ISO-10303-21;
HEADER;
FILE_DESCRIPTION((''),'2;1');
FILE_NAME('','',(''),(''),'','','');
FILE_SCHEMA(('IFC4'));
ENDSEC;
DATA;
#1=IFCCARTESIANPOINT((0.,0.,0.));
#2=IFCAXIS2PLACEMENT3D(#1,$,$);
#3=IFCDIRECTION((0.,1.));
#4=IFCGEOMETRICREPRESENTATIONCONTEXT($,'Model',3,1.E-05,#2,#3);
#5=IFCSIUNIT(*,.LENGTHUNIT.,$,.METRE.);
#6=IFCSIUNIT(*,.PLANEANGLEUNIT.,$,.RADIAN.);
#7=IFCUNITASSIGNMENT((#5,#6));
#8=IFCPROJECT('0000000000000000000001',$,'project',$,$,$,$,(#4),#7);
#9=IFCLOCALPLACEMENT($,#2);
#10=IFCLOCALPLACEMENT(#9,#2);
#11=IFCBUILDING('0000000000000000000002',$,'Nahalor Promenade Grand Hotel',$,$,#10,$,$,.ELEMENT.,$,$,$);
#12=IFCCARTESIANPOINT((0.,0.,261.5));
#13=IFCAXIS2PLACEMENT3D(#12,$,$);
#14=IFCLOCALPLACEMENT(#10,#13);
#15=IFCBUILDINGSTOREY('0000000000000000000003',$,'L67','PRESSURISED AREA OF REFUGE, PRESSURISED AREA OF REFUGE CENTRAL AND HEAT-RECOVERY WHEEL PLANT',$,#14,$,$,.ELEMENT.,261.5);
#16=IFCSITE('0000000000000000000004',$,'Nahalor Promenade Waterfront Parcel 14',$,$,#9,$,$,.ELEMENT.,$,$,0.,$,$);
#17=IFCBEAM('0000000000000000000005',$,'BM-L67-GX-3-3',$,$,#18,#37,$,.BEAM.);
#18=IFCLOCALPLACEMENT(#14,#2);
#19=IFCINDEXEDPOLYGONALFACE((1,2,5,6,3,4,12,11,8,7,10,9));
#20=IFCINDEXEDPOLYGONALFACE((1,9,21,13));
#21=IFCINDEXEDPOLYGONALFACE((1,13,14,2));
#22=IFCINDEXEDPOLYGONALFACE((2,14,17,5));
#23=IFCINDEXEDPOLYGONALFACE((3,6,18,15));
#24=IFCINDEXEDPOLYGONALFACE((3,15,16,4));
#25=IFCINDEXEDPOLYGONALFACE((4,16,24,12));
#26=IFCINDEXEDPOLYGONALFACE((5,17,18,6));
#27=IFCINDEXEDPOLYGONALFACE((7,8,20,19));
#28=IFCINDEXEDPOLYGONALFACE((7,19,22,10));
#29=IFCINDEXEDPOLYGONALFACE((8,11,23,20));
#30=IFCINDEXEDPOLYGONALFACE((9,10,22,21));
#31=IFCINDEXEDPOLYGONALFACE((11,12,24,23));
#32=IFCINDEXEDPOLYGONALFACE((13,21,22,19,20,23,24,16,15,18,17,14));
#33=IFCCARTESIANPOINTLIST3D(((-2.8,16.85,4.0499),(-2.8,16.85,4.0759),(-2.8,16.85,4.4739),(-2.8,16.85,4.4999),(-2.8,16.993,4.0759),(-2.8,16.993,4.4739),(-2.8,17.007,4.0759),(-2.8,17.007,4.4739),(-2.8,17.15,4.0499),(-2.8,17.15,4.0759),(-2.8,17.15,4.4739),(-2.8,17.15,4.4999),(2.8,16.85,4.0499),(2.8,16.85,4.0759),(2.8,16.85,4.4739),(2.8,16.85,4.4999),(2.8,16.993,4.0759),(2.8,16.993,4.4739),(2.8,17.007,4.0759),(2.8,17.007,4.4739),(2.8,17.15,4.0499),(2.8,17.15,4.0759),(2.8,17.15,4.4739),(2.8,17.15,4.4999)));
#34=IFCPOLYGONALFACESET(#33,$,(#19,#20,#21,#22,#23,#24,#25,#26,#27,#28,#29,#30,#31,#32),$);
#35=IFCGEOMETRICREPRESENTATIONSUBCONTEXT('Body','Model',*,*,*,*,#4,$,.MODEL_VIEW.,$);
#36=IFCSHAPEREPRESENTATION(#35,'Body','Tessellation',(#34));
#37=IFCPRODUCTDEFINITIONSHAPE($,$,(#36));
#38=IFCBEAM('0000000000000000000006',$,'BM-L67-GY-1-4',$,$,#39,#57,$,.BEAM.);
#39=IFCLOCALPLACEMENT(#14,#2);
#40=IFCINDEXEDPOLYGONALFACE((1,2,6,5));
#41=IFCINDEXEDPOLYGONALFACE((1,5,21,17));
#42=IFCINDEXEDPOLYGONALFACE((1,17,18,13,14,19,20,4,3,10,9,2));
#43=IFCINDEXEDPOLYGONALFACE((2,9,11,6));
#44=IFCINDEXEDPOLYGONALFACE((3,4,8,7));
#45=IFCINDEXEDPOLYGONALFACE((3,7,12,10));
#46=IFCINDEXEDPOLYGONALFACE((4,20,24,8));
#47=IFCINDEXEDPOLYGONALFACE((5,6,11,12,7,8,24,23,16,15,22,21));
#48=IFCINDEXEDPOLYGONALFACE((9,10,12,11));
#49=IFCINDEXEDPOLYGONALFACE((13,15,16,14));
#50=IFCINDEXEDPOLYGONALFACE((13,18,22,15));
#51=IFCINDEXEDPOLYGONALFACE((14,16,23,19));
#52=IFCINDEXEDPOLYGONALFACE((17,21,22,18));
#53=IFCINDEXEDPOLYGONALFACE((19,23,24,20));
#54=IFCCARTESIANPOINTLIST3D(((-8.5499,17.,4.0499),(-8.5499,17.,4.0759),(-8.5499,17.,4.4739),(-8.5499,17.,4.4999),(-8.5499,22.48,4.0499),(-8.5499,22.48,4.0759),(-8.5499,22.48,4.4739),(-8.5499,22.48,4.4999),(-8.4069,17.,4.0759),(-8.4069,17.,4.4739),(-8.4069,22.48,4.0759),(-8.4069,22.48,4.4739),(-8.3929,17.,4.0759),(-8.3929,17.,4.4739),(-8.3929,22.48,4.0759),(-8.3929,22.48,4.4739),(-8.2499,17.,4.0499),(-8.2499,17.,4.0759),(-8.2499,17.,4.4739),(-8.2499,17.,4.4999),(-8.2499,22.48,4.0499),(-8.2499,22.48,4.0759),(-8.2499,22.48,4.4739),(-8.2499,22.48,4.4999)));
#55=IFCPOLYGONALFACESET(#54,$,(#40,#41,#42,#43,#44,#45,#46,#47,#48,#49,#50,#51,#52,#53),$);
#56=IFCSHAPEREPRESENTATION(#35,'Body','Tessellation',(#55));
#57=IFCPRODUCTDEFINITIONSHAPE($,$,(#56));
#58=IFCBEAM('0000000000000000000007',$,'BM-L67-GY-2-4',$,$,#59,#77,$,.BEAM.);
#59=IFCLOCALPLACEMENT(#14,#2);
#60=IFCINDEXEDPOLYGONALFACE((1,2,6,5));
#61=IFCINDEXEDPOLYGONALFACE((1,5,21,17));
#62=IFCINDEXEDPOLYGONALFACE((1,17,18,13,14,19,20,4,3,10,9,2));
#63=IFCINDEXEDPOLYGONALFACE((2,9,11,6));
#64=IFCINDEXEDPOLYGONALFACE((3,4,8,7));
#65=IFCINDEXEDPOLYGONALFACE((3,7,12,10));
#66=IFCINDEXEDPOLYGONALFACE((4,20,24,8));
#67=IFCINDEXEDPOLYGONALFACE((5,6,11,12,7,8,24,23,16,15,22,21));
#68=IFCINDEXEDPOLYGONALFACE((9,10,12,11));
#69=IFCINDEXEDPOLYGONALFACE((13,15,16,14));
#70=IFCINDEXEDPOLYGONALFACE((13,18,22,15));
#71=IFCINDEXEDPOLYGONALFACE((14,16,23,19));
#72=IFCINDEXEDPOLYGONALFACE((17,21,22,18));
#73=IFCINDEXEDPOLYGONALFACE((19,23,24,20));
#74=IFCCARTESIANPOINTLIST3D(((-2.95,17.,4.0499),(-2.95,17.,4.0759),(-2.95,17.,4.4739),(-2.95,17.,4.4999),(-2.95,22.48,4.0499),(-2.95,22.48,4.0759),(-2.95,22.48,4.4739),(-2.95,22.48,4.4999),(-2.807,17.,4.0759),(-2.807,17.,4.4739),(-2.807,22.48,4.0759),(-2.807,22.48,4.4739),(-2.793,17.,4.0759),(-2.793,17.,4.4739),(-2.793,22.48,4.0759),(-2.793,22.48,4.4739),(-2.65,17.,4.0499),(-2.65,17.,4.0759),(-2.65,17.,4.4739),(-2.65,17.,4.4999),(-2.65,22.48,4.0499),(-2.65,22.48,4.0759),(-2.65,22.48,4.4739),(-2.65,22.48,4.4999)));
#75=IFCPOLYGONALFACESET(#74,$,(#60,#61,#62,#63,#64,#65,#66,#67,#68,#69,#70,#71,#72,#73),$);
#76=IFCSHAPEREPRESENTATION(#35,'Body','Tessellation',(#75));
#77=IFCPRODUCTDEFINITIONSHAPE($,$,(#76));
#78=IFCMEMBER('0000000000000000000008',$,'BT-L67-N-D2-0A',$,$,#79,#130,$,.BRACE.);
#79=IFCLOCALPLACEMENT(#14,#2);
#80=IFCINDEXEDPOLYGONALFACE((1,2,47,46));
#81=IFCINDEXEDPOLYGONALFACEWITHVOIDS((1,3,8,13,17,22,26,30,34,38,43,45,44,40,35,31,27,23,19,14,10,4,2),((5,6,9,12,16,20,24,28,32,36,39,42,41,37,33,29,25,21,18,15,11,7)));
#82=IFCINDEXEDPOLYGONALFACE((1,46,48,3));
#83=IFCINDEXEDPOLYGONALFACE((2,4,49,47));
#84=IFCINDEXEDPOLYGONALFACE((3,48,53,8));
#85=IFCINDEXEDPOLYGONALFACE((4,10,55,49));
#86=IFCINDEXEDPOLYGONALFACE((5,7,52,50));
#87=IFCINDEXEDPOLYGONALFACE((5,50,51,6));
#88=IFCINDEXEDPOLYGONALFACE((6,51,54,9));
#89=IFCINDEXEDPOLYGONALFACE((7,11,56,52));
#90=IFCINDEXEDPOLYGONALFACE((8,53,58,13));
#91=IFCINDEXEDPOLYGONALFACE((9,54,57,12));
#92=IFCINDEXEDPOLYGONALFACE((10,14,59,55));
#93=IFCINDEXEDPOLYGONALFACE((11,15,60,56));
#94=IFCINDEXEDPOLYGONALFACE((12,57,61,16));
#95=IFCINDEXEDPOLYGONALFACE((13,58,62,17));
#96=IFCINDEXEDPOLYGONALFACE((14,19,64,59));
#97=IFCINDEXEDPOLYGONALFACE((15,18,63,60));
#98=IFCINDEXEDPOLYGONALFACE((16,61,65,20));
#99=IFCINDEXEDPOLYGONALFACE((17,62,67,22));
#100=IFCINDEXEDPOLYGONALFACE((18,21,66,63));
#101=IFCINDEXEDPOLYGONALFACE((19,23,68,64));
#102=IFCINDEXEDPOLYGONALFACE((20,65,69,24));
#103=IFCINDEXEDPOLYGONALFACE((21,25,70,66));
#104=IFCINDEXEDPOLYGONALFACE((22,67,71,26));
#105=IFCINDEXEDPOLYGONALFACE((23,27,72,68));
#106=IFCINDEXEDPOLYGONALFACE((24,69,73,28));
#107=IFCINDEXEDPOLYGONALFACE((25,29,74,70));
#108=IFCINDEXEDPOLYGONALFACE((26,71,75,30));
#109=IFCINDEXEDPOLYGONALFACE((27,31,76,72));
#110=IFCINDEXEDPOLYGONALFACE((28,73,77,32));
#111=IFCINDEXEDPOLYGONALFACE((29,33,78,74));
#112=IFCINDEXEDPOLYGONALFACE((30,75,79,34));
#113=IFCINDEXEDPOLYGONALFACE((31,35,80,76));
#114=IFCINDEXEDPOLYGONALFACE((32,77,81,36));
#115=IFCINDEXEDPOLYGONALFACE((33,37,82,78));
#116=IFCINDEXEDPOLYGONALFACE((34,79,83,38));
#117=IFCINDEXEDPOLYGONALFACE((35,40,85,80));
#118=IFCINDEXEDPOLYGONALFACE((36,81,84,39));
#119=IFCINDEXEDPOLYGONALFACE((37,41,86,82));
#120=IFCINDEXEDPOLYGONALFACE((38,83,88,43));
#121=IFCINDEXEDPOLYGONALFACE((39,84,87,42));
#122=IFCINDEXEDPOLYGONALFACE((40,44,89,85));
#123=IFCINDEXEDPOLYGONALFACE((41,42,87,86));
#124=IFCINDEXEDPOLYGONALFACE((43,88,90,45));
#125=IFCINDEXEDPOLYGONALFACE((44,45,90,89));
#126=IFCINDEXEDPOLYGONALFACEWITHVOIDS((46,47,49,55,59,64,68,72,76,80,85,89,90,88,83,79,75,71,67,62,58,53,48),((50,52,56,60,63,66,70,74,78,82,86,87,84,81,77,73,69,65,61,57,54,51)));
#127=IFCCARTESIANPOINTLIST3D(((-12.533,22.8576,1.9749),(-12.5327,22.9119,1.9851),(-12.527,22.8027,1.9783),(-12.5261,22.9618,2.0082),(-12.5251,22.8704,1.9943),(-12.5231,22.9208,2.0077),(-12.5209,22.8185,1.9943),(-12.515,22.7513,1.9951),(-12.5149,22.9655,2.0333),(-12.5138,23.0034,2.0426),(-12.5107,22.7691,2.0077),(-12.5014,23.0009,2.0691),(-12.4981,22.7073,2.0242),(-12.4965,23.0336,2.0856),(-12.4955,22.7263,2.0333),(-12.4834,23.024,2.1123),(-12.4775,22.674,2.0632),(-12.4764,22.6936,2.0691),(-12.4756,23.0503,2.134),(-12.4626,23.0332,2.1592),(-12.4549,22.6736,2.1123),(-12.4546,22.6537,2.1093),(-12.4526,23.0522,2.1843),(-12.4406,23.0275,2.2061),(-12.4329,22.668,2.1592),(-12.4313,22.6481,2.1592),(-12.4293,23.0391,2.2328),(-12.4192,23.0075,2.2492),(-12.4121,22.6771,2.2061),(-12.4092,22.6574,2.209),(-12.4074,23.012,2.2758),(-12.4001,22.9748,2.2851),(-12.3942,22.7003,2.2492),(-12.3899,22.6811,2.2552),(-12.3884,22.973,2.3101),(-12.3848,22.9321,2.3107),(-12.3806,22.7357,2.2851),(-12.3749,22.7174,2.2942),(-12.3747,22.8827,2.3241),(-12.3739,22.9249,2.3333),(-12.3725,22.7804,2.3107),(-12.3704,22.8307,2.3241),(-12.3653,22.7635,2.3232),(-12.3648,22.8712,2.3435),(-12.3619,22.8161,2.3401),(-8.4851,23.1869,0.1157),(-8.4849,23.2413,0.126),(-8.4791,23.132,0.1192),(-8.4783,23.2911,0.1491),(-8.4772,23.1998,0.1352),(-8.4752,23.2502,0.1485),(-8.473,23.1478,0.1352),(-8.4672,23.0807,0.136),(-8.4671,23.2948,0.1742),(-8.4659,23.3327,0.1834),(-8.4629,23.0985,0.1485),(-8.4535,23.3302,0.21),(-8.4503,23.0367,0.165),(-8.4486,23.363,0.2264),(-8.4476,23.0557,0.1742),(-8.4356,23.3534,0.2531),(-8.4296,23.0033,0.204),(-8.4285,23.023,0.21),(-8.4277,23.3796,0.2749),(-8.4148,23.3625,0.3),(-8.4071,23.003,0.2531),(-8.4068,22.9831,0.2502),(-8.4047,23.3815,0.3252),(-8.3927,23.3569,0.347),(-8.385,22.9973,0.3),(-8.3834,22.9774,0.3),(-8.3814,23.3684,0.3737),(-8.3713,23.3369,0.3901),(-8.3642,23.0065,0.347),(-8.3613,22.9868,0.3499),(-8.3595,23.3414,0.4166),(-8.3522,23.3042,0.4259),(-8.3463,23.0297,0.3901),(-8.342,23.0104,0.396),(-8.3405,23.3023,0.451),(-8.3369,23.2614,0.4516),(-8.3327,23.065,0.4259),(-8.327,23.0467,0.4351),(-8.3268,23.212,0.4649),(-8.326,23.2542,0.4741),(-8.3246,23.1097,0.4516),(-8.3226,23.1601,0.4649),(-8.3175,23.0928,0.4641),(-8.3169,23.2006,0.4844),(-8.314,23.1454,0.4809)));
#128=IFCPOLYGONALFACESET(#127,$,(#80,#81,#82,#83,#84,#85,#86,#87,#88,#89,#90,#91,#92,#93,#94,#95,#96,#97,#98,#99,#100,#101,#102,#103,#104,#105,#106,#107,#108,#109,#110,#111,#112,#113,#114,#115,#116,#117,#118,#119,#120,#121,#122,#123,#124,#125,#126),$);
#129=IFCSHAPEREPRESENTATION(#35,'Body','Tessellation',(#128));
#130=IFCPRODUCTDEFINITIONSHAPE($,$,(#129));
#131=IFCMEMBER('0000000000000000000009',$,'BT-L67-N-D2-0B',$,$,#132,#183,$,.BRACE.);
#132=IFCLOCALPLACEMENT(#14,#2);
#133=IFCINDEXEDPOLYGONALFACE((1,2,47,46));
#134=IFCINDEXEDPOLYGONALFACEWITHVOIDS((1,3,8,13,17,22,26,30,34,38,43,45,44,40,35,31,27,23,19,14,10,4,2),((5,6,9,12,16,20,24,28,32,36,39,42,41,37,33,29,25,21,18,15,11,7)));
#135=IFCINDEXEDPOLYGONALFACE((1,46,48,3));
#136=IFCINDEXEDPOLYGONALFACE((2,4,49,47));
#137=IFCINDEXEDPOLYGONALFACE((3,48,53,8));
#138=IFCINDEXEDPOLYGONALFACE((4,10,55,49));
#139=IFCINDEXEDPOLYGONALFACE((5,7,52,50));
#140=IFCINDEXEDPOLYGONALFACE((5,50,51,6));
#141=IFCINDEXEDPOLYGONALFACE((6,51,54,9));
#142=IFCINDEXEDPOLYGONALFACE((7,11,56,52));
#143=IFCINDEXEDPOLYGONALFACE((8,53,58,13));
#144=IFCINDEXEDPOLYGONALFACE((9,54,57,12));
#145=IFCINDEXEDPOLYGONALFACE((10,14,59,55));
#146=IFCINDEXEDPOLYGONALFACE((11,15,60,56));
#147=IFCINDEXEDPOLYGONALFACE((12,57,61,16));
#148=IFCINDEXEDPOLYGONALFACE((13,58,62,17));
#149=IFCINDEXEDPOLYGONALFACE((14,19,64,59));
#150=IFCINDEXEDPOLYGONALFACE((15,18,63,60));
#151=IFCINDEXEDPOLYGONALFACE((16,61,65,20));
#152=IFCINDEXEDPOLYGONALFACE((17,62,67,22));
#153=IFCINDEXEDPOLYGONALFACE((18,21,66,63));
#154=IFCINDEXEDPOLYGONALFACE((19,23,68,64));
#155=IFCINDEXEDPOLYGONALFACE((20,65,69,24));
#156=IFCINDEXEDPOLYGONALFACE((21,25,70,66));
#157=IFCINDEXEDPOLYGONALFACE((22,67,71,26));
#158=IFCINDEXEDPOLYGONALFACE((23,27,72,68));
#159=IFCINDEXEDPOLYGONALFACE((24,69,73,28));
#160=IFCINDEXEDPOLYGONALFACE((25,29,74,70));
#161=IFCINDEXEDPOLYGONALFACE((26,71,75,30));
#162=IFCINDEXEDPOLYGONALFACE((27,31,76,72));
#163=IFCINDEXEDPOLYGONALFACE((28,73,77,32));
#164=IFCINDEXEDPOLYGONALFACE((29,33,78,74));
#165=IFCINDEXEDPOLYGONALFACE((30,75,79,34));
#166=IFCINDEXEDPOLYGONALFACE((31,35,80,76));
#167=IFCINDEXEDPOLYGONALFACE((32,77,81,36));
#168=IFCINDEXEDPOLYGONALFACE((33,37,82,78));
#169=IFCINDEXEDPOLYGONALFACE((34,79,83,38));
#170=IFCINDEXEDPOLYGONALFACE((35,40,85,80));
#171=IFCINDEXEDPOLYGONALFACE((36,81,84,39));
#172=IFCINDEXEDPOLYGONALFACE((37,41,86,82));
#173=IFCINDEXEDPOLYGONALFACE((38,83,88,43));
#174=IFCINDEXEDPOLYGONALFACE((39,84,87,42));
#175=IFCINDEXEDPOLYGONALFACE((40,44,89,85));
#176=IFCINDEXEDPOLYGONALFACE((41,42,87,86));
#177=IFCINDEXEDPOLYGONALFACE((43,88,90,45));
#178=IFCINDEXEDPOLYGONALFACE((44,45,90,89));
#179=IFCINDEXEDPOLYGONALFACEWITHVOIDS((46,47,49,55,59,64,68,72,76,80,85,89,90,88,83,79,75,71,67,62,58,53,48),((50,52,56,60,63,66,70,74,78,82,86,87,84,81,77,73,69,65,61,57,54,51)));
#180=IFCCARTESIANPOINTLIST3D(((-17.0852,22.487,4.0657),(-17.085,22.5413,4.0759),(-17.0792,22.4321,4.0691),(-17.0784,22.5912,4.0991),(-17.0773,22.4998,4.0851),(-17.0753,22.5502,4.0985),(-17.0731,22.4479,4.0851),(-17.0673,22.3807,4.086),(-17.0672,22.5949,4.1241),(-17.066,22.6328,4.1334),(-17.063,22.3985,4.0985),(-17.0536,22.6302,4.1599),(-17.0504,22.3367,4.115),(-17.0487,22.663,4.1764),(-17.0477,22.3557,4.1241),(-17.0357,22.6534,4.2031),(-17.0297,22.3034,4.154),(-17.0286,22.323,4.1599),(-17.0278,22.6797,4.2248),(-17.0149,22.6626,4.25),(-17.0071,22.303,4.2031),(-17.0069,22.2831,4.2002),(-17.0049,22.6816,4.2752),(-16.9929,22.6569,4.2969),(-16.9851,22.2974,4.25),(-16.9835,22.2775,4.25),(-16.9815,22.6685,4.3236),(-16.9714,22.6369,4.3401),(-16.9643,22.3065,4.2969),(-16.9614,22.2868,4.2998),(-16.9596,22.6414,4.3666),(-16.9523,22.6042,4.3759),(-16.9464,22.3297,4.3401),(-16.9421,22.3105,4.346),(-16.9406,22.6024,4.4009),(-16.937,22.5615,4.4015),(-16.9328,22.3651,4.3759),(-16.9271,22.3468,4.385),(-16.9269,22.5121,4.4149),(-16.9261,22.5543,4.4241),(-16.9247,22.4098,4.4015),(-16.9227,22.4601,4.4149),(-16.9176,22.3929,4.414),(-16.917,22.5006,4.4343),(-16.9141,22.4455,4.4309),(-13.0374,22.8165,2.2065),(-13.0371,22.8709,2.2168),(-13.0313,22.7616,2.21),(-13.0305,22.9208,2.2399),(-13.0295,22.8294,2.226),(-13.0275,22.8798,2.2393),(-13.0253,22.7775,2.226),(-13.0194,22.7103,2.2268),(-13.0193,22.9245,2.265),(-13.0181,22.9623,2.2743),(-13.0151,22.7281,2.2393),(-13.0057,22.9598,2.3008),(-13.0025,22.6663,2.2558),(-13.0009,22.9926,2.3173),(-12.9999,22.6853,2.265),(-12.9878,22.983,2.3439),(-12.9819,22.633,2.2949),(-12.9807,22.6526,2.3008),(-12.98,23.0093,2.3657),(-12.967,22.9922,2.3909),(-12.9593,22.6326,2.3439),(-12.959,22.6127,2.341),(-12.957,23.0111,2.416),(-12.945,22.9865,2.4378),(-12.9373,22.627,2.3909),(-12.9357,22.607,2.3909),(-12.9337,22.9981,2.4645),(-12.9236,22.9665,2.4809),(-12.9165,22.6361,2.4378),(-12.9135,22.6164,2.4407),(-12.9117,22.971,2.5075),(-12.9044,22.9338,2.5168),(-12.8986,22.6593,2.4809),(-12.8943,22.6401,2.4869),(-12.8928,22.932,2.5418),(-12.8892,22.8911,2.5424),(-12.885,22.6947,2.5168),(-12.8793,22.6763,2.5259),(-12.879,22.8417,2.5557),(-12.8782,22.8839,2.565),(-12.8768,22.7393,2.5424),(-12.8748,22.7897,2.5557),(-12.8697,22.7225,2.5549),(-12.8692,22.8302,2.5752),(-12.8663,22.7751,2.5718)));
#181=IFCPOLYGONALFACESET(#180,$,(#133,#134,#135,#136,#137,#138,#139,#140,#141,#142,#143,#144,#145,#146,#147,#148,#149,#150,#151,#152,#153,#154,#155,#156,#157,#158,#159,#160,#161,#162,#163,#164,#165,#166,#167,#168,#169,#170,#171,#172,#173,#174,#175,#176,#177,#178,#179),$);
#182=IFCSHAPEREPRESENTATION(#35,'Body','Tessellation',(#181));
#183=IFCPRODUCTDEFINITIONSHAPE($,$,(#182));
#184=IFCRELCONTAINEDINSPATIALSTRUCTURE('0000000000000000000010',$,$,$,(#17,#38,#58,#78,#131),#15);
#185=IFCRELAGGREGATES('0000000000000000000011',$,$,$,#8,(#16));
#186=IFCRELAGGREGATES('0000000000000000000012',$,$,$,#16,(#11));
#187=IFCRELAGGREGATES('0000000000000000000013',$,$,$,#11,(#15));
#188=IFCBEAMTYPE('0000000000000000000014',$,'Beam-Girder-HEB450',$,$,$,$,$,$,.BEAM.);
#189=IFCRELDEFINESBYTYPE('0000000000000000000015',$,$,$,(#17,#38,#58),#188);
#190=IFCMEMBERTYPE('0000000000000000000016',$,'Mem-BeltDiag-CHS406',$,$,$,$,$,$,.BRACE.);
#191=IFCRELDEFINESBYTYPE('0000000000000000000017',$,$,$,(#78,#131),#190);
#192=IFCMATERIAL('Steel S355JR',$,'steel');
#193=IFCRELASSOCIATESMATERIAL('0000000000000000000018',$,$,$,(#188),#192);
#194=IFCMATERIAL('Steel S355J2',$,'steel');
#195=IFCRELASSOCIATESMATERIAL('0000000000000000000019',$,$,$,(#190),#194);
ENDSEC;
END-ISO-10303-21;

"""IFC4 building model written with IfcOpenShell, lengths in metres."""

from ifc_helpers import new_model, si_unit, direction, frame, origin, origin_2d, place, context, subcontext, project, spatial, hollow_circle, i_section, extrude, source, transform, mapped, material, material_profile, profile_set, type_object, element, save


model = new_model("IFC4")

# Units and contexts
model_context = context("Model", 3, precision=1e-05, world=origin(), true_north=direction((0.0, 1.0)))
body_context = subcontext(model_context, "Body", "Model", "MODEL_VIEW")
ifc_project = project(units=[si_unit("LENGTHUNIT", "METRE"), si_unit("PLANEANGLEUNIT", "RADIAN")], contexts=[model_context])

# Site, building, storey
site_placement = place(None, origin())
site = spatial("IfcSite", under=ifc_project, at=site_placement, Name="Nahalor Promenade Waterfront Parcel 14", CompositionType="ELEMENT", RefElevation=0.0)
building_placement = place(site_placement, origin())
building = spatial("IfcBuilding", under=site, at=building_placement, Name="Nahalor Promenade Grand Hotel", CompositionType="ELEMENT")
storey_placement = place(building_placement, frame((0.0, 0.0, 261.5)))
storey = spatial("IfcBuildingStorey", under=building, at=storey_placement, Name="L67", Description="PRESSURISED AREA OF REFUGE, PRESSURISED AREA OF REFUGE CENTRAL AND HEAT-RECOVERY WHEEL PLANT", CompositionType="ELEMENT", Elevation=261.5)

# Shared definitions
ifc_material_1 = material(Name="Steel S355JR", Category="steel")

# Beams
ifc_material_profile_1 = material_profile(ifc_material_1, i_section(OverallWidth=0.3, OverallDepth=0.45, WebThickness=0.014, FlangeThickness=0.026, at=origin_2d()), Name="HEB 450")
ifc_profile_set_1 = profile_set([ifc_material_profile_1], Name="Steel S355JR")
beam_type_1 = type_object("IfcBeamType", Name="Beam-Girder-HEB450", PredefinedType="BEAM", material=ifc_profile_set_1)
shared_shape_1 = source(origin(), body_context, "Body", "SweptSolid", [
    extrude(i_section(OverallWidth=0.3, OverallDepth=0.45, WebThickness=0.014, FlangeThickness=0.026, at=origin_2d()), origin(), (0.0, 0.0, 1.0), 5.6001),
])
beam_1_placement = place(storey_placement, frame((-2.8, 17.0, 4.2749), z_axis=(1.0, 0.0, 0.0), x_axis=(0.0, 1.0, 0.0)))
element("IfcBeam", 1, at=beam_1_placement, inside=storey, type_object=beam_type_1, Name="BM-L67-GX-3-3", PredefinedType="BEAM", context=body_context, shape_type="MappedRepresentation", body=[
    mapped(shared_shape_1, transform((0.0, 0.0, 0.0), scale=1.0)),
])
shared_shape_2 = source(origin(), body_context, "Body", "SweptSolid", [
    extrude(i_section(OverallWidth=0.3, OverallDepth=0.45, WebThickness=0.014, FlangeThickness=0.026, at=origin_2d()), origin(), (0.0, 0.0, 1.0), 5.48),
])
for number, where, z_axis, x_axis, name in (
    (2, (-8.3999, 17.0, 4.2749), (0.0, 1.0, 0.0), (-1.0, 0.0, 0.0), "BM-L67-GY-1-4"),
    (3, (-2.8, 17.0, 4.2749), (0.0, 1.0, 0.0), (-1.0, 0.0, 0.0), "BM-L67-GY-2-4"),
):
    element("IfcBeam", number, at=place(storey_placement, frame(where, z_axis=z_axis, x_axis=x_axis)), inside=storey, type_object=beam_type_1, Name=name, PredefinedType="BEAM", context=body_context, shape_type="MappedRepresentation", body=[
        mapped(shared_shape_2, transform((0.0, 0.0, 0.0), scale=1.0)),
    ])

# Members
ifc_material_2 = material(Name="Steel S355J2", Category="steel")
ifc_material_profile_2 = material_profile(ifc_material_2, hollow_circle(Radius=0.2032, WallThickness=0.02, at=origin_2d()), Name="CHS 406.4x20")
ifc_profile_set_2 = profile_set([ifc_material_profile_2], Name="Steel S355J2")
member_type = type_object("IfcMemberType", Name="Mem-BeltDiag-CHS406", PredefinedType="BRACE", material=ifc_profile_set_2)
shared_shape_3 = source(origin(), body_context, "Body", "SweptSolid", [
    extrude(hollow_circle(Radius=0.2032, WallThickness=0.02, at=origin_2d()), origin(), (0.0, 0.0, 1.0), 4.4666),
])
for number, where, z_axis, x_axis, name in (
    (4, (-8.3999, 23.1799, 0.3), (-0.906262, -0.073736, 0.416236), (0.081095, -0.996706, 0.0), "BT-L67-N-D2-0A"),
    (5, (-12.9521, 22.8096, 2.3909), (-0.906258, -0.073791, 0.416234), (0.081155, -0.996702, 0.0), "BT-L67-N-D2-0B"),
):
    element("IfcMember", number, at=place(storey_placement, frame(where, z_axis=z_axis, x_axis=x_axis)), inside=storey, type_object=member_type, Name=name, PredefinedType="BRACE", context=body_context, shape_type="MappedRepresentation", body=[
        mapped(shared_shape_3, transform((0.0, 0.0, 0.0), scale=1.0)),
    ])

save(model, "model.ifc")
